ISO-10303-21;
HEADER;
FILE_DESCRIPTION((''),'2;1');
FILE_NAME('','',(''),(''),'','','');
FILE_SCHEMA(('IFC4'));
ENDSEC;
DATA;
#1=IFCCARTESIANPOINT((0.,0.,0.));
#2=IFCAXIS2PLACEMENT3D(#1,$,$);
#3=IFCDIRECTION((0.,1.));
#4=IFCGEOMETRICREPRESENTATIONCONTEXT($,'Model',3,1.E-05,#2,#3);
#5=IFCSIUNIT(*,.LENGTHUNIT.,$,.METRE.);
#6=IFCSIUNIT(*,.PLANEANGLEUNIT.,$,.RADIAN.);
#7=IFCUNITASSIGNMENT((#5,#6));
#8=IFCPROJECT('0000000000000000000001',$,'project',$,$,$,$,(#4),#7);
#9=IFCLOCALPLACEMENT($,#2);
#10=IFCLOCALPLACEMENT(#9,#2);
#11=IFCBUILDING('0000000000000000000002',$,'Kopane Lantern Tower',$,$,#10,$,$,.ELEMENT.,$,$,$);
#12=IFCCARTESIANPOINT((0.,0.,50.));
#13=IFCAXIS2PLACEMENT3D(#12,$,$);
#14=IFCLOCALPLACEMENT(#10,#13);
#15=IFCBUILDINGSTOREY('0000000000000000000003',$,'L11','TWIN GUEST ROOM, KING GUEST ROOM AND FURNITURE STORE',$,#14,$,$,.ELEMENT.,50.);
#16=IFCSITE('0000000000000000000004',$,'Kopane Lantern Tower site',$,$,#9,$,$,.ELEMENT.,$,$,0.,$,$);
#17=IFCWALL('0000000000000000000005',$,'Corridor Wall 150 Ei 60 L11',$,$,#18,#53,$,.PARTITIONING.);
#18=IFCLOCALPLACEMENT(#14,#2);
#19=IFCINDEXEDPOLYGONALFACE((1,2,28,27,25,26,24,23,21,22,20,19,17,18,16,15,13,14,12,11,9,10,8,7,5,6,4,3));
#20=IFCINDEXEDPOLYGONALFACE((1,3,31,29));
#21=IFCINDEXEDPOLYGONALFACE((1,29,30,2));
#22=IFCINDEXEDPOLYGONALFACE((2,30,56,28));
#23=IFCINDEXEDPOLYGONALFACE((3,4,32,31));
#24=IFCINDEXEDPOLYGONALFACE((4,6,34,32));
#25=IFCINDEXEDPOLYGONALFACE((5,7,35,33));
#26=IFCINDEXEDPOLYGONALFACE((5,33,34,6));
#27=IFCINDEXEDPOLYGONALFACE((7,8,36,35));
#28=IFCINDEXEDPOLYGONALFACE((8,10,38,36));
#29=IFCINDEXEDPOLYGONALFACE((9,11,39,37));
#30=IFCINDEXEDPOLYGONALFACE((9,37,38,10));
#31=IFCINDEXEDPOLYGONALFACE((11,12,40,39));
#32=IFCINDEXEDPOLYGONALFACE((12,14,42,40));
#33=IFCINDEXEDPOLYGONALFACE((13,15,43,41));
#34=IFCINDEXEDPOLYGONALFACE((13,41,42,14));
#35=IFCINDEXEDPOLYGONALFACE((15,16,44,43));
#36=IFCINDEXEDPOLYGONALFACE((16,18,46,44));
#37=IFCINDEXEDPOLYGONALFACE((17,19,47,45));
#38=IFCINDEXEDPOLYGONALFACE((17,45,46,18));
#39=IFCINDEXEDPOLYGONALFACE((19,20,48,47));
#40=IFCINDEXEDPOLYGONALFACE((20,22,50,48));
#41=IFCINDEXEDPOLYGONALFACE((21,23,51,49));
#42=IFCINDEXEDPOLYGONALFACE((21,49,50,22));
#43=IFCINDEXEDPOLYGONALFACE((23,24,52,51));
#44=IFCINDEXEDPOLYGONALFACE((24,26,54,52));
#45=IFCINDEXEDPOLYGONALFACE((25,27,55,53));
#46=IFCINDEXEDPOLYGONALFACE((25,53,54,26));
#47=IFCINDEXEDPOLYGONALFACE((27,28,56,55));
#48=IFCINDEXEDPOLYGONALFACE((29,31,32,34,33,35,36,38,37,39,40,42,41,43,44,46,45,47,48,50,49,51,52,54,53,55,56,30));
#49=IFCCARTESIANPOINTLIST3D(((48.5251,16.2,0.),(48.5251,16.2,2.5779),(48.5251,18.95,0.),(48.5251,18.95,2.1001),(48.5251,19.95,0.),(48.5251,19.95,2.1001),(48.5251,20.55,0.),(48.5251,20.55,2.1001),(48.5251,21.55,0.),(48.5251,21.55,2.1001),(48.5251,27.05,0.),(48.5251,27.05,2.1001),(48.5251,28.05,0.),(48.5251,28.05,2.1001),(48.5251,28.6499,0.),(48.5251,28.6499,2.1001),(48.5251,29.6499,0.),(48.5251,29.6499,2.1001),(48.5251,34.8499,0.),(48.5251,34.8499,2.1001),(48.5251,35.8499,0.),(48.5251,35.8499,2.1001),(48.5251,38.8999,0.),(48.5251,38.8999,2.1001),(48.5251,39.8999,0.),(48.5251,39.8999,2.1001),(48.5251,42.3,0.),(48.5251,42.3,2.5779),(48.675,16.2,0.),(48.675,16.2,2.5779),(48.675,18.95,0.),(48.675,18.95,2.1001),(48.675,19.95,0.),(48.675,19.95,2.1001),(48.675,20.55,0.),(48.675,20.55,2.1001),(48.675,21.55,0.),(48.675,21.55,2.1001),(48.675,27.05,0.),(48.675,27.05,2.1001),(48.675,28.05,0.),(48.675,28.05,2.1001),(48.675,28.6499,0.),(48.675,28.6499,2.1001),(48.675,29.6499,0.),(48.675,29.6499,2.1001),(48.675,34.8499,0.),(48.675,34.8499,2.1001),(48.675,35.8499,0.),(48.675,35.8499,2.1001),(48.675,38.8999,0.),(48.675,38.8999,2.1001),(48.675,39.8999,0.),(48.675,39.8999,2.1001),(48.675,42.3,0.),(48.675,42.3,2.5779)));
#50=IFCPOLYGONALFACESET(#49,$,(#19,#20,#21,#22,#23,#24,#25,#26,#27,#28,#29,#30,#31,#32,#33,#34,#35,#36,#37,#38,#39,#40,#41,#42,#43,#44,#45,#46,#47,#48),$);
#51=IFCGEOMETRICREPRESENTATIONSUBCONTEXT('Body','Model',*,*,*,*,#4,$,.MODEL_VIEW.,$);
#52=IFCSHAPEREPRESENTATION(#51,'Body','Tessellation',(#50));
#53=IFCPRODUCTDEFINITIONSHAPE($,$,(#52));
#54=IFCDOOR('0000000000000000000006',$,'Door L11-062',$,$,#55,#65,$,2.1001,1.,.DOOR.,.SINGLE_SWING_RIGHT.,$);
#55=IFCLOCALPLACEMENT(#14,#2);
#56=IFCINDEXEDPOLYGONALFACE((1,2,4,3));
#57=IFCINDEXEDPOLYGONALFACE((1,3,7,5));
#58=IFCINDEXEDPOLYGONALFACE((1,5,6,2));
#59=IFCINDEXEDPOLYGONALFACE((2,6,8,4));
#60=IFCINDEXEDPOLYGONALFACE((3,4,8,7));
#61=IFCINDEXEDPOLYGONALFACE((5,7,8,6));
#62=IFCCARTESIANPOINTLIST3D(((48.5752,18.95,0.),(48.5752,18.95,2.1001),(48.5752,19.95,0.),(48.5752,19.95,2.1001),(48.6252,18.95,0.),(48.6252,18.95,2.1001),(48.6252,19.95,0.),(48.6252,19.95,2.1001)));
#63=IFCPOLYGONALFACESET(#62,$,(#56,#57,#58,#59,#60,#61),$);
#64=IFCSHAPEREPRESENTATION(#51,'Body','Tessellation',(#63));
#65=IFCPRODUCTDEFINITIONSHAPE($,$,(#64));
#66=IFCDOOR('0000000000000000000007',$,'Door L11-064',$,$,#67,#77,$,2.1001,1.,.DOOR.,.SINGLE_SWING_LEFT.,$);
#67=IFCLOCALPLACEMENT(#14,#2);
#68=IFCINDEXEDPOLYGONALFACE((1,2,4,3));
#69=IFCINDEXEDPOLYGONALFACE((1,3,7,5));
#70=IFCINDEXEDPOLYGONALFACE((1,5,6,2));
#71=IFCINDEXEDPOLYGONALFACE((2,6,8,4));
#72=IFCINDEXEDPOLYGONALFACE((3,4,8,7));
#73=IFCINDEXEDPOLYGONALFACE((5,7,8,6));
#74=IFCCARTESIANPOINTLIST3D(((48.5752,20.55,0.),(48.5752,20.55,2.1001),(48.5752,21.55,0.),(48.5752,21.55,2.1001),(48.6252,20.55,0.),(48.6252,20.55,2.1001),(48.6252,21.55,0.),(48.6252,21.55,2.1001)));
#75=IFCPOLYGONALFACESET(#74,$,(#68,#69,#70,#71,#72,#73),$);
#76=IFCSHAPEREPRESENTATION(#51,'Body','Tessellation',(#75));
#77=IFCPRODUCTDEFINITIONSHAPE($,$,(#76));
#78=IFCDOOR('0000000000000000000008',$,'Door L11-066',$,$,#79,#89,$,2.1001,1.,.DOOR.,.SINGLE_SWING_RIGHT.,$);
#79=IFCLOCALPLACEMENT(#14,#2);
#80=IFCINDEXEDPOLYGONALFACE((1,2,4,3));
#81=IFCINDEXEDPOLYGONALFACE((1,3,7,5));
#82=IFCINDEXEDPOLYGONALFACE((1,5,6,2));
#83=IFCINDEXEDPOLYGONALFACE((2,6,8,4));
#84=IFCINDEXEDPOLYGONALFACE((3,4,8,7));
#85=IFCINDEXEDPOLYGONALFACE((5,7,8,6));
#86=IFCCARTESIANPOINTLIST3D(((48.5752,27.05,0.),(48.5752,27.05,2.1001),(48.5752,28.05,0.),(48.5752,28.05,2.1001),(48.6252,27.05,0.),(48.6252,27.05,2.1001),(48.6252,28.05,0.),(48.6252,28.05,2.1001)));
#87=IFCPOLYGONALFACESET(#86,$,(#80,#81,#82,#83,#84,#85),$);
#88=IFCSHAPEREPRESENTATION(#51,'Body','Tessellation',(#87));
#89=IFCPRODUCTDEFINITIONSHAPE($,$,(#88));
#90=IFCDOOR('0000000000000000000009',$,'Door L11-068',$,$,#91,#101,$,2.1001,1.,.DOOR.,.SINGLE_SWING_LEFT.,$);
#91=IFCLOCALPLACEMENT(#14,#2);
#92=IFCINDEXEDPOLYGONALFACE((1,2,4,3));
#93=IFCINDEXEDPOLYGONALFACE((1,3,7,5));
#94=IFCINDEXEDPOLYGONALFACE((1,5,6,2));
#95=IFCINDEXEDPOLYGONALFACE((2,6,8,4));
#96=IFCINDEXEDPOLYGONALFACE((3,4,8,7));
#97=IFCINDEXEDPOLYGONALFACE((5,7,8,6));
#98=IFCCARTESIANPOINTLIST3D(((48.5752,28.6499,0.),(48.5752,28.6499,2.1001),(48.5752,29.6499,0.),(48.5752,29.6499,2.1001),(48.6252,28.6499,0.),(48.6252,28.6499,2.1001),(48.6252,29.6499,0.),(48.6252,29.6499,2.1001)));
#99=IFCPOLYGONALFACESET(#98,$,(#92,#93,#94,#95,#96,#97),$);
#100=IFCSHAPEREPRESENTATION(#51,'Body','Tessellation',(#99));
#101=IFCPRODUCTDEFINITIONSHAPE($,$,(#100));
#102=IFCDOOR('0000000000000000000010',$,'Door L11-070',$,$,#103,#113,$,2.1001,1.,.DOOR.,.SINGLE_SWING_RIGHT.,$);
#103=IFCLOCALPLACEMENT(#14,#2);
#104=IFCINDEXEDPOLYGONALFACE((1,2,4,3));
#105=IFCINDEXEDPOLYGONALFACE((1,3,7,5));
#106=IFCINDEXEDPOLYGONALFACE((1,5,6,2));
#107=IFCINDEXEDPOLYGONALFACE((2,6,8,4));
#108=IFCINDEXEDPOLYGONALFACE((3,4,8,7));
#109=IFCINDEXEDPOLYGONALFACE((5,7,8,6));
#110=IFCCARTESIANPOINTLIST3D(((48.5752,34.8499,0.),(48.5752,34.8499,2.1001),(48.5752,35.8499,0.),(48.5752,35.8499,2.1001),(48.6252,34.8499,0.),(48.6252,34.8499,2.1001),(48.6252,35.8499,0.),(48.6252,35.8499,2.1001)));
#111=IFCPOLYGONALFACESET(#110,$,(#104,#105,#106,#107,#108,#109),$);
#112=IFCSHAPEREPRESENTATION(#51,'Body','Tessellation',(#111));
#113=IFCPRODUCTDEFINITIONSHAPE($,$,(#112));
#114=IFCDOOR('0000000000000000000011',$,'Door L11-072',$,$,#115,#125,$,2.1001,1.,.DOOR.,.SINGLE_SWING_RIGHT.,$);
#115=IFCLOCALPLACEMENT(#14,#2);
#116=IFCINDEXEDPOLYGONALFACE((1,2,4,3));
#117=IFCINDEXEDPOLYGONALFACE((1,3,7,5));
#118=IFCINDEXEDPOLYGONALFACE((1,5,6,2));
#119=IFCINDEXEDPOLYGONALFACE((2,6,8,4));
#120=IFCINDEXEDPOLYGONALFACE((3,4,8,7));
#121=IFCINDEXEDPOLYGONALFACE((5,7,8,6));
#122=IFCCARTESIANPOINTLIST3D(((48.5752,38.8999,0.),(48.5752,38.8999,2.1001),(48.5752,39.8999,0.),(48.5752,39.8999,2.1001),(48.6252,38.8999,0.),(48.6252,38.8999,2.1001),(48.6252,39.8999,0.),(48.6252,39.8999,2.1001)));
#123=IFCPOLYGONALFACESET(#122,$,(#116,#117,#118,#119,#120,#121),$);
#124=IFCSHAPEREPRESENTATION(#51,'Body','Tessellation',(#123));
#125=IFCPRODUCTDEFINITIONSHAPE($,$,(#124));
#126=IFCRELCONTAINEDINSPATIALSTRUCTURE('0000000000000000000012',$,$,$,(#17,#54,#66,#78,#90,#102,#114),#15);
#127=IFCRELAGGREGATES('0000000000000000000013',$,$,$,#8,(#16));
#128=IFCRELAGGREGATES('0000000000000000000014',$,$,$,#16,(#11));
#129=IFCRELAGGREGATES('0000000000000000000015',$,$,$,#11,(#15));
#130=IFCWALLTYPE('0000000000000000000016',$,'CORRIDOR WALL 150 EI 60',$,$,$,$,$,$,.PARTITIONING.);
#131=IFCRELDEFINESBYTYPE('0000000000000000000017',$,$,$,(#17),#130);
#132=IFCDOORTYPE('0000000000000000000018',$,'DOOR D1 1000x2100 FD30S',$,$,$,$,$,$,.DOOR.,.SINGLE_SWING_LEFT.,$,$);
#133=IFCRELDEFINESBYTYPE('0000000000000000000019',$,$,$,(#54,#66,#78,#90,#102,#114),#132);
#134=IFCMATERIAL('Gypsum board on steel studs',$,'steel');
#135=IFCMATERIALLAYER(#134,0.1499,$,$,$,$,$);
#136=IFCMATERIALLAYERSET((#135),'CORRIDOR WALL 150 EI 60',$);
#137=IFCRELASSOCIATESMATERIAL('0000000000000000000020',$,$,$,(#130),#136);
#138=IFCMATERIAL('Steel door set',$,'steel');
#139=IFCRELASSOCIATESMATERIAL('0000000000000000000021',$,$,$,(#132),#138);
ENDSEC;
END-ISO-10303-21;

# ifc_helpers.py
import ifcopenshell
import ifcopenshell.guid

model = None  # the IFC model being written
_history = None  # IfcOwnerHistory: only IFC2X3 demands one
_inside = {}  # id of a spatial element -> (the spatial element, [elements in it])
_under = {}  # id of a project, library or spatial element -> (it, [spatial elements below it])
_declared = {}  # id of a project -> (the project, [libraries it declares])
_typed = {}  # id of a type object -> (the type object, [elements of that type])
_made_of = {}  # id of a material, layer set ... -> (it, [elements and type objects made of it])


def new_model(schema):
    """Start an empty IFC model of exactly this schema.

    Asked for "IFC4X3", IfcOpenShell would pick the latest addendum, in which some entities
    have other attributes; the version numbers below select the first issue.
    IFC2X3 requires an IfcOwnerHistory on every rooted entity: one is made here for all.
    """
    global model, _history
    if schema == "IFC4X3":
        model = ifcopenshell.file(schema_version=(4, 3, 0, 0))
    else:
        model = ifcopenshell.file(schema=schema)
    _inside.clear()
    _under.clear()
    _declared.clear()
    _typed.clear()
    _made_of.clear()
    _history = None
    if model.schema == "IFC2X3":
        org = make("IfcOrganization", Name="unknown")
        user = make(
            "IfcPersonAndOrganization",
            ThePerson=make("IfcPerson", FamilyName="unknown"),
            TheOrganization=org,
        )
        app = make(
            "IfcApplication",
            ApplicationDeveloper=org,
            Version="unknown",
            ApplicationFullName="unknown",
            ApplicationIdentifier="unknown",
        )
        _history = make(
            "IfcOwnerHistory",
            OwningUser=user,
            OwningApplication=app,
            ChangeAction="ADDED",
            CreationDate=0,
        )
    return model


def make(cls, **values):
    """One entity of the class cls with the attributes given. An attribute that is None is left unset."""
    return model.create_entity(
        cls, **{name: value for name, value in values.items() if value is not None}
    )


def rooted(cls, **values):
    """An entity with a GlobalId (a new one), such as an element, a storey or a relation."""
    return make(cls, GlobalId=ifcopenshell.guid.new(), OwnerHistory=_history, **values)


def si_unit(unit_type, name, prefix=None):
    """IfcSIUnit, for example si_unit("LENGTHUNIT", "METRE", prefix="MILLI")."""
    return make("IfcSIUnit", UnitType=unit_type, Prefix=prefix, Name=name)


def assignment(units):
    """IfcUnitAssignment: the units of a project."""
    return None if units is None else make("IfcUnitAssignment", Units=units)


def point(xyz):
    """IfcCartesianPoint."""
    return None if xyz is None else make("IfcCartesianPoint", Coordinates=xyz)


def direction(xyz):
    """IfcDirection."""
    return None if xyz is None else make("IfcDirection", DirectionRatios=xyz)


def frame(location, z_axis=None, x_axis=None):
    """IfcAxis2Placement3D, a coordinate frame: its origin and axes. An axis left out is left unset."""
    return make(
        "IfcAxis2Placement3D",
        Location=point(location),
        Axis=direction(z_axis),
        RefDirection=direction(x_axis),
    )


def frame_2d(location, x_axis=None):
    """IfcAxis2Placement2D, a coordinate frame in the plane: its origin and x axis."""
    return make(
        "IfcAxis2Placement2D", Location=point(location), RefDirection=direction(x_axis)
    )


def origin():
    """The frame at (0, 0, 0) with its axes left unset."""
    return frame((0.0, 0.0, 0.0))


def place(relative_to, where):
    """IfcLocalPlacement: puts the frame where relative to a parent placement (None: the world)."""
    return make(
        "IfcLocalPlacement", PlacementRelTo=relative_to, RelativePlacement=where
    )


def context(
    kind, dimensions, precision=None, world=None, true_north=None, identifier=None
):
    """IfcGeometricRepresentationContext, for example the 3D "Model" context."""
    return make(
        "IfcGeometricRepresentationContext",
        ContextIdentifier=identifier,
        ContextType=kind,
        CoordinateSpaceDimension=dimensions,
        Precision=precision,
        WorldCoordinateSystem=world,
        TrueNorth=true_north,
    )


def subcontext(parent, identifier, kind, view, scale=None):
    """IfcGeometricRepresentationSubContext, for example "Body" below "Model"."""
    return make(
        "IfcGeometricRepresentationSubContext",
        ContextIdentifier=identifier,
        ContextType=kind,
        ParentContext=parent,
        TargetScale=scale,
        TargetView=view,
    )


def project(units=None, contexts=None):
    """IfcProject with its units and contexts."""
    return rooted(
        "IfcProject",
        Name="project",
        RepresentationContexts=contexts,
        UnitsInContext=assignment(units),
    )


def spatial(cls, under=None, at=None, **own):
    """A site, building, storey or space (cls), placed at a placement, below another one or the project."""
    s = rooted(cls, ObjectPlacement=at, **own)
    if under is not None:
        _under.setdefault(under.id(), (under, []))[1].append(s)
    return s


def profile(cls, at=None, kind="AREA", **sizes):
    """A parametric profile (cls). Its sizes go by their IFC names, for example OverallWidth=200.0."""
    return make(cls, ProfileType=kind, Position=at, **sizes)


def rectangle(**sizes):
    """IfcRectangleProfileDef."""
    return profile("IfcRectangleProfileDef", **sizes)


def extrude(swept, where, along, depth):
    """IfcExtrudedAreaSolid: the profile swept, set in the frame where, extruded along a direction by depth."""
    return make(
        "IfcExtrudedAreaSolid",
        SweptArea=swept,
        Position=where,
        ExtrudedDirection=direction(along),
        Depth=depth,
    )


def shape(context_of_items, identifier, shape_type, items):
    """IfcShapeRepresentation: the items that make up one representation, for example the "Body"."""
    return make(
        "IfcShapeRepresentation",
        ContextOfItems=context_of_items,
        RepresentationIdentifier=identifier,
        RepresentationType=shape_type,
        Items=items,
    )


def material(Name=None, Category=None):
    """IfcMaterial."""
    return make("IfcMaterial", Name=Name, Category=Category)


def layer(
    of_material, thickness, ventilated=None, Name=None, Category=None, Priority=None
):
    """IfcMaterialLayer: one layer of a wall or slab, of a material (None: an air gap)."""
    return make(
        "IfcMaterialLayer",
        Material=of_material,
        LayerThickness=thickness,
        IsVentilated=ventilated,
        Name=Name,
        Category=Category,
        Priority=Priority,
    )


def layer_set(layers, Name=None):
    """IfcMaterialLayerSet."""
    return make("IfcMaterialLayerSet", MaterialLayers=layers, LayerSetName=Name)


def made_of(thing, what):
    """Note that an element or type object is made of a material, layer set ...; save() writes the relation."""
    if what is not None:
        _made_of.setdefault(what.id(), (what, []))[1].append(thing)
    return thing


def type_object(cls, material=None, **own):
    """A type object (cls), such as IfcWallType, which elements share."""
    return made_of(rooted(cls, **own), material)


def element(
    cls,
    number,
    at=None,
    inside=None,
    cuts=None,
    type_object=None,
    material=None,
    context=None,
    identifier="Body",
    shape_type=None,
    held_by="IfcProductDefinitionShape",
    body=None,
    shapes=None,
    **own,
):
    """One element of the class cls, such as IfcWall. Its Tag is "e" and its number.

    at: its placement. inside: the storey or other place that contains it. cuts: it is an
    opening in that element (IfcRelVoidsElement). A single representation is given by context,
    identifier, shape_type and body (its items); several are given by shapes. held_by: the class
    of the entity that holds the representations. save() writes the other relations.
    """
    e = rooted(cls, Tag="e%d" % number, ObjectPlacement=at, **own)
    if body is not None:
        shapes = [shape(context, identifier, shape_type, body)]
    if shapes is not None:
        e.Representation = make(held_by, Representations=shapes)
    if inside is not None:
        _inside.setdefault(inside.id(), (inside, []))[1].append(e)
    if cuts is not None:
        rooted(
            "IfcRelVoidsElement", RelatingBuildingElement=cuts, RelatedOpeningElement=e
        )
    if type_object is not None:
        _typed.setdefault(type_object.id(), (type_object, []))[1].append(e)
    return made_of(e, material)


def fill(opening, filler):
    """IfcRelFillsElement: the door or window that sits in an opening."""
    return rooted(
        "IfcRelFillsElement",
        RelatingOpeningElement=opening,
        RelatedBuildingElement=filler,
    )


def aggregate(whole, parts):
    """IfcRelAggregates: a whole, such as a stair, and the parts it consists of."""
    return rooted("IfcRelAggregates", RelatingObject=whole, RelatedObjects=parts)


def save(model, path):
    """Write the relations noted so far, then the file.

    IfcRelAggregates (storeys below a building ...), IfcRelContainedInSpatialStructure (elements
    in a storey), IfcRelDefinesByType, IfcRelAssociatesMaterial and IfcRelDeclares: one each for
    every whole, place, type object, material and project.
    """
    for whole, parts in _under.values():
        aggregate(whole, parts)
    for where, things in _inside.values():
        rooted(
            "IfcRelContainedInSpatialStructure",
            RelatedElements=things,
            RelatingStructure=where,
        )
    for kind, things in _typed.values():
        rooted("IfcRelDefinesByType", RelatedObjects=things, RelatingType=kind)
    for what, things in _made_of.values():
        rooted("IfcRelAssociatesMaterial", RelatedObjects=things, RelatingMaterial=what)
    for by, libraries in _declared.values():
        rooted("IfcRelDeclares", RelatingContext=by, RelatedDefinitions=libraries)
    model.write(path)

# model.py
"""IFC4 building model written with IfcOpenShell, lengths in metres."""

from ifc_helpers import new_model, si_unit, direction, frame, frame_2d, origin, place, context, subcontext, project, spatial, rectangle, extrude, material, layer, layer_set, type_object, element, fill, save


model = new_model("IFC4")

# Units and contexts
model_context = context("Model", 3, precision=1e-05, world=origin(), true_north=direction((0.0, 1.0)))
body_context = subcontext(model_context, "Body", "Model", "MODEL_VIEW")
ifc_project = project(units=[si_unit("LENGTHUNIT", "METRE"), si_unit("PLANEANGLEUNIT", "RADIAN")], contexts=[model_context])

# Site, building, storey
site_placement = place(None, origin())
site = spatial("IfcSite", under=ifc_project, at=site_placement, Name="Kopane Lantern Tower site", CompositionType="ELEMENT", RefElevation=0.0)
building_placement = place(site_placement, origin())
building = spatial("IfcBuilding", under=site, at=building_placement, Name="Kopane Lantern Tower", CompositionType="ELEMENT")
storey_placement = place(building_placement, frame((0.0, 0.0, 50.0)))
storey = spatial("IfcBuildingStorey", under=building, at=storey_placement, Name="L11", Description="TWIN GUEST ROOM, KING GUEST ROOM AND FURNITURE STORE", CompositionType="ELEMENT", Elevation=50.0)

# Wall, openings, doors
ifc_material_1 = material(Name="Gypsum board on steel studs", Category="steel")
ifc_layer_1 = layer(ifc_material_1, 0.1499)
ifc_layer_set_1 = layer_set([ifc_layer_1], Name="CORRIDOR WALL 150 EI 60")
wall_type_1 = type_object("IfcWallType", Name="CORRIDOR WALL 150 EI 60", PredefinedType="PARTITIONING", material=ifc_layer_set_1)
wall_1_placement = place(storey_placement, frame((48.6001, 16.2, 0.0), z_axis=(0.0, 0.0, 1.0), x_axis=(0.0, 1.0, 0.0)))
wall_1 = element("IfcWall", 1, at=wall_1_placement, inside=storey, type_object=wall_type_1, Name="Corridor Wall 150 Ei 60 L11", PredefinedType="PARTITIONING", context=body_context, shape_type="SweptSolid", body=[
    extrude(rectangle(XDim=26.1001, YDim=0.1499, at=frame_2d((13.05, 0.0))), origin(), (0.0, 0.0, 1.0), 2.5779),
])
opening_1_placement = place(wall_1_placement, frame((2.75, 0.0, 0.0)))
opening_1 = element("IfcOpeningElement", 2, at=opening_1_placement, cuts=wall_1, PredefinedType="OPENING", context=body_context, shape_type="SweptSolid", body=[
    extrude(rectangle(XDim=1.0, YDim=2.1001, at=frame_2d((0.5, 1.05))), frame((0.0, 0.085, 0.0), z_axis=(0.0, -1.0, 0.0), x_axis=(1.0, 0.0, 0.0)), (0.0, 0.0, 1.0), 0.1699),
])
opening_2_placement = place(wall_1_placement, frame((4.3501, 0.0, 0.0)))
opening_2 = element("IfcOpeningElement", 3, at=opening_2_placement, cuts=wall_1, PredefinedType="OPENING", context=body_context, shape_type="SweptSolid", body=[
    extrude(rectangle(XDim=1.0, YDim=2.1001, at=frame_2d((0.5, 1.05))), frame((0.0, 0.085, 0.0), z_axis=(0.0, -1.0, 0.0), x_axis=(1.0, 0.0, 0.0)), (0.0, 0.0, 1.0), 0.1699),
])
opening_3_placement = place(wall_1_placement, frame((10.8501, 0.0, 0.0)))
opening_3 = element("IfcOpeningElement", 4, at=opening_3_placement, cuts=wall_1, PredefinedType="OPENING", context=body_context, shape_type="SweptSolid", body=[
    extrude(rectangle(XDim=1.0, YDim=2.1001, at=frame_2d((0.5, 1.05))), frame((0.0, 0.085, 0.0), z_axis=(0.0, -1.0, 0.0), x_axis=(1.0, 0.0, 0.0)), (0.0, 0.0, 1.0), 0.1699),
])
opening_4_placement = place(wall_1_placement, frame((12.45, 0.0, 0.0)))
opening_4 = element("IfcOpeningElement", 5, at=opening_4_placement, cuts=wall_1, PredefinedType="OPENING", context=body_context, shape_type="SweptSolid", body=[
    extrude(rectangle(XDim=1.0, YDim=2.1001, at=frame_2d((0.5, 1.05))), frame((0.0, 0.085, 0.0), z_axis=(0.0, -1.0, 0.0), x_axis=(1.0, 0.0, 0.0)), (0.0, 0.0, 1.0), 0.1699),
])
opening_5_placement = place(wall_1_placement, frame((18.6499, 0.0, 0.0)))
opening_5 = element("IfcOpeningElement", 6, at=opening_5_placement, cuts=wall_1, PredefinedType="OPENING", context=body_context, shape_type="SweptSolid", body=[
    extrude(rectangle(XDim=1.0, YDim=2.1001, at=frame_2d((0.5, 1.05))), frame((0.0, 0.085, 0.0), z_axis=(0.0, -1.0, 0.0), x_axis=(1.0, 0.0, 0.0)), (0.0, 0.0, 1.0), 0.1699),
])
opening_6_placement = place(wall_1_placement, frame((22.7, 0.0, 0.0)))
opening_6 = element("IfcOpeningElement", 7, at=opening_6_placement, cuts=wall_1, PredefinedType="OPENING", context=body_context, shape_type="SweptSolid", body=[
    extrude(rectangle(XDim=1.0, YDim=2.1001, at=frame_2d((0.5, 1.05))), frame((0.0, 0.085, 0.0), z_axis=(0.0, -1.0, 0.0), x_axis=(1.0, 0.0, 0.0)), (0.0, 0.0, 1.0), 0.1699),
])
ifc_material_2 = material(Name="Steel door set", Category="steel")
door_type_1 = type_object("IfcDoorType", Name="DOOR D1 1000x2100 FD30S", OperationType="SINGLE_SWING_LEFT", PredefinedType="DOOR", material=ifc_material_2)
door_1_placement = place(opening_1_placement, origin())
door_1 = element("IfcDoor", 8, at=door_1_placement, inside=storey, type_object=door_type_1, Name="Door L11-062", OperationType="SINGLE_SWING_RIGHT", OverallHeight=2.1001, OverallWidth=1.0, PredefinedType="DOOR", context=body_context, shape_type="SweptSolid", body=[
    extrude(rectangle(XDim=1.0, YDim=2.1001, at=frame_2d((0.5, 1.05))), frame((0.0, 0.0249, 0.0), z_axis=(0.0, -1.0, 0.0), x_axis=(1.0, 0.0, 0.0)), (0.0, 0.0, 1.0), 0.05),
])
fill(opening_1, door_1)
door_2_placement = place(opening_2_placement, origin())
door_2 = element("IfcDoor", 9, at=door_2_placement, inside=storey, type_object=door_type_1, Name="Door L11-064", OperationType="SINGLE_SWING_LEFT", OverallHeight=2.1001, OverallWidth=1.0, PredefinedType="DOOR", context=body_context, shape_type="SweptSolid", body=[
    extrude(rectangle(XDim=1.0, YDim=2.1001, at=frame_2d((0.5, 1.05))), frame((0.0, 0.0249, 0.0), z_axis=(0.0, -1.0, 0.0), x_axis=(1.0, 0.0, 0.0)), (0.0, 0.0, 1.0), 0.05),
])
fill(opening_2, door_2)
door_3_placement = place(opening_3_placement, origin())
door_3 = element("IfcDoor", 10, at=door_3_placement, inside=storey, type_object=door_type_1, Name="Door L11-066", OperationType="SINGLE_SWING_RIGHT", OverallHeight=2.1001, OverallWidth=1.0, PredefinedType="DOOR", context=body_context, shape_type="SweptSolid", body=[
    extrude(rectangle(XDim=1.0, YDim=2.1001, at=frame_2d((0.5, 1.05))), frame((0.0, 0.0249, 0.0), z_axis=(0.0, -1.0, 0.0), x_axis=(1.0, 0.0, 0.0)), (0.0, 0.0, 1.0), 0.05),
])
fill(opening_3, door_3)
door_4_placement = place(opening_4_placement, origin())
door_4 = element("IfcDoor", 11, at=door_4_placement, inside=storey, type_object=door_type_1, Name="Door L11-068", OperationType="SINGLE_SWING_LEFT", OverallHeight=2.1001, OverallWidth=1.0, PredefinedType="DOOR", context=body_context, shape_type="SweptSolid", body=[
    extrude(rectangle(XDim=1.0, YDim=2.1001, at=frame_2d((0.5, 1.05))), frame((0.0, 0.0249, 0.0), z_axis=(0.0, -1.0, 0.0), x_axis=(1.0, 0.0, 0.0)), (0.0, 0.0, 1.0), 0.05),
])
fill(opening_4, door_4)
door_5_placement = place(opening_5_placement, origin())
door_5 = element("IfcDoor", 12, at=door_5_placement, inside=storey, type_object=door_type_1, Name="Door L11-070", OperationType="SINGLE_SWING_RIGHT", OverallHeight=2.1001, OverallWidth=1.0, PredefinedType="DOOR", context=body_context, shape_type="SweptSolid", body=[
    extrude(rectangle(XDim=1.0, YDim=2.1001, at=frame_2d((0.5, 1.05))), frame((0.0, 0.0249, 0.0), z_axis=(0.0, -1.0, 0.0), x_axis=(1.0, 0.0, 0.0)), (0.0, 0.0, 1.0), 0.05),
])
fill(opening_5, door_5)
door_6_placement = place(opening_6_placement, origin())
door_6 = element("IfcDoor", 13, at=door_6_placement, inside=storey, type_object=door_type_1, Name="Door L11-072", OperationType="SINGLE_SWING_RIGHT", OverallHeight=2.1001, OverallWidth=1.0, PredefinedType="DOOR", context=body_context, shape_type="SweptSolid", body=[
    extrude(rectangle(XDim=1.0, YDim=2.1001, at=frame_2d((0.5, 1.05))), frame((0.0, 0.0249, 0.0), z_axis=(0.0, -1.0, 0.0), x_axis=(1.0, 0.0, 0.0)), (0.0, 0.0, 1.0), 0.05),
])
fill(opening_6, door_6)

save(model, "model.ifc")
